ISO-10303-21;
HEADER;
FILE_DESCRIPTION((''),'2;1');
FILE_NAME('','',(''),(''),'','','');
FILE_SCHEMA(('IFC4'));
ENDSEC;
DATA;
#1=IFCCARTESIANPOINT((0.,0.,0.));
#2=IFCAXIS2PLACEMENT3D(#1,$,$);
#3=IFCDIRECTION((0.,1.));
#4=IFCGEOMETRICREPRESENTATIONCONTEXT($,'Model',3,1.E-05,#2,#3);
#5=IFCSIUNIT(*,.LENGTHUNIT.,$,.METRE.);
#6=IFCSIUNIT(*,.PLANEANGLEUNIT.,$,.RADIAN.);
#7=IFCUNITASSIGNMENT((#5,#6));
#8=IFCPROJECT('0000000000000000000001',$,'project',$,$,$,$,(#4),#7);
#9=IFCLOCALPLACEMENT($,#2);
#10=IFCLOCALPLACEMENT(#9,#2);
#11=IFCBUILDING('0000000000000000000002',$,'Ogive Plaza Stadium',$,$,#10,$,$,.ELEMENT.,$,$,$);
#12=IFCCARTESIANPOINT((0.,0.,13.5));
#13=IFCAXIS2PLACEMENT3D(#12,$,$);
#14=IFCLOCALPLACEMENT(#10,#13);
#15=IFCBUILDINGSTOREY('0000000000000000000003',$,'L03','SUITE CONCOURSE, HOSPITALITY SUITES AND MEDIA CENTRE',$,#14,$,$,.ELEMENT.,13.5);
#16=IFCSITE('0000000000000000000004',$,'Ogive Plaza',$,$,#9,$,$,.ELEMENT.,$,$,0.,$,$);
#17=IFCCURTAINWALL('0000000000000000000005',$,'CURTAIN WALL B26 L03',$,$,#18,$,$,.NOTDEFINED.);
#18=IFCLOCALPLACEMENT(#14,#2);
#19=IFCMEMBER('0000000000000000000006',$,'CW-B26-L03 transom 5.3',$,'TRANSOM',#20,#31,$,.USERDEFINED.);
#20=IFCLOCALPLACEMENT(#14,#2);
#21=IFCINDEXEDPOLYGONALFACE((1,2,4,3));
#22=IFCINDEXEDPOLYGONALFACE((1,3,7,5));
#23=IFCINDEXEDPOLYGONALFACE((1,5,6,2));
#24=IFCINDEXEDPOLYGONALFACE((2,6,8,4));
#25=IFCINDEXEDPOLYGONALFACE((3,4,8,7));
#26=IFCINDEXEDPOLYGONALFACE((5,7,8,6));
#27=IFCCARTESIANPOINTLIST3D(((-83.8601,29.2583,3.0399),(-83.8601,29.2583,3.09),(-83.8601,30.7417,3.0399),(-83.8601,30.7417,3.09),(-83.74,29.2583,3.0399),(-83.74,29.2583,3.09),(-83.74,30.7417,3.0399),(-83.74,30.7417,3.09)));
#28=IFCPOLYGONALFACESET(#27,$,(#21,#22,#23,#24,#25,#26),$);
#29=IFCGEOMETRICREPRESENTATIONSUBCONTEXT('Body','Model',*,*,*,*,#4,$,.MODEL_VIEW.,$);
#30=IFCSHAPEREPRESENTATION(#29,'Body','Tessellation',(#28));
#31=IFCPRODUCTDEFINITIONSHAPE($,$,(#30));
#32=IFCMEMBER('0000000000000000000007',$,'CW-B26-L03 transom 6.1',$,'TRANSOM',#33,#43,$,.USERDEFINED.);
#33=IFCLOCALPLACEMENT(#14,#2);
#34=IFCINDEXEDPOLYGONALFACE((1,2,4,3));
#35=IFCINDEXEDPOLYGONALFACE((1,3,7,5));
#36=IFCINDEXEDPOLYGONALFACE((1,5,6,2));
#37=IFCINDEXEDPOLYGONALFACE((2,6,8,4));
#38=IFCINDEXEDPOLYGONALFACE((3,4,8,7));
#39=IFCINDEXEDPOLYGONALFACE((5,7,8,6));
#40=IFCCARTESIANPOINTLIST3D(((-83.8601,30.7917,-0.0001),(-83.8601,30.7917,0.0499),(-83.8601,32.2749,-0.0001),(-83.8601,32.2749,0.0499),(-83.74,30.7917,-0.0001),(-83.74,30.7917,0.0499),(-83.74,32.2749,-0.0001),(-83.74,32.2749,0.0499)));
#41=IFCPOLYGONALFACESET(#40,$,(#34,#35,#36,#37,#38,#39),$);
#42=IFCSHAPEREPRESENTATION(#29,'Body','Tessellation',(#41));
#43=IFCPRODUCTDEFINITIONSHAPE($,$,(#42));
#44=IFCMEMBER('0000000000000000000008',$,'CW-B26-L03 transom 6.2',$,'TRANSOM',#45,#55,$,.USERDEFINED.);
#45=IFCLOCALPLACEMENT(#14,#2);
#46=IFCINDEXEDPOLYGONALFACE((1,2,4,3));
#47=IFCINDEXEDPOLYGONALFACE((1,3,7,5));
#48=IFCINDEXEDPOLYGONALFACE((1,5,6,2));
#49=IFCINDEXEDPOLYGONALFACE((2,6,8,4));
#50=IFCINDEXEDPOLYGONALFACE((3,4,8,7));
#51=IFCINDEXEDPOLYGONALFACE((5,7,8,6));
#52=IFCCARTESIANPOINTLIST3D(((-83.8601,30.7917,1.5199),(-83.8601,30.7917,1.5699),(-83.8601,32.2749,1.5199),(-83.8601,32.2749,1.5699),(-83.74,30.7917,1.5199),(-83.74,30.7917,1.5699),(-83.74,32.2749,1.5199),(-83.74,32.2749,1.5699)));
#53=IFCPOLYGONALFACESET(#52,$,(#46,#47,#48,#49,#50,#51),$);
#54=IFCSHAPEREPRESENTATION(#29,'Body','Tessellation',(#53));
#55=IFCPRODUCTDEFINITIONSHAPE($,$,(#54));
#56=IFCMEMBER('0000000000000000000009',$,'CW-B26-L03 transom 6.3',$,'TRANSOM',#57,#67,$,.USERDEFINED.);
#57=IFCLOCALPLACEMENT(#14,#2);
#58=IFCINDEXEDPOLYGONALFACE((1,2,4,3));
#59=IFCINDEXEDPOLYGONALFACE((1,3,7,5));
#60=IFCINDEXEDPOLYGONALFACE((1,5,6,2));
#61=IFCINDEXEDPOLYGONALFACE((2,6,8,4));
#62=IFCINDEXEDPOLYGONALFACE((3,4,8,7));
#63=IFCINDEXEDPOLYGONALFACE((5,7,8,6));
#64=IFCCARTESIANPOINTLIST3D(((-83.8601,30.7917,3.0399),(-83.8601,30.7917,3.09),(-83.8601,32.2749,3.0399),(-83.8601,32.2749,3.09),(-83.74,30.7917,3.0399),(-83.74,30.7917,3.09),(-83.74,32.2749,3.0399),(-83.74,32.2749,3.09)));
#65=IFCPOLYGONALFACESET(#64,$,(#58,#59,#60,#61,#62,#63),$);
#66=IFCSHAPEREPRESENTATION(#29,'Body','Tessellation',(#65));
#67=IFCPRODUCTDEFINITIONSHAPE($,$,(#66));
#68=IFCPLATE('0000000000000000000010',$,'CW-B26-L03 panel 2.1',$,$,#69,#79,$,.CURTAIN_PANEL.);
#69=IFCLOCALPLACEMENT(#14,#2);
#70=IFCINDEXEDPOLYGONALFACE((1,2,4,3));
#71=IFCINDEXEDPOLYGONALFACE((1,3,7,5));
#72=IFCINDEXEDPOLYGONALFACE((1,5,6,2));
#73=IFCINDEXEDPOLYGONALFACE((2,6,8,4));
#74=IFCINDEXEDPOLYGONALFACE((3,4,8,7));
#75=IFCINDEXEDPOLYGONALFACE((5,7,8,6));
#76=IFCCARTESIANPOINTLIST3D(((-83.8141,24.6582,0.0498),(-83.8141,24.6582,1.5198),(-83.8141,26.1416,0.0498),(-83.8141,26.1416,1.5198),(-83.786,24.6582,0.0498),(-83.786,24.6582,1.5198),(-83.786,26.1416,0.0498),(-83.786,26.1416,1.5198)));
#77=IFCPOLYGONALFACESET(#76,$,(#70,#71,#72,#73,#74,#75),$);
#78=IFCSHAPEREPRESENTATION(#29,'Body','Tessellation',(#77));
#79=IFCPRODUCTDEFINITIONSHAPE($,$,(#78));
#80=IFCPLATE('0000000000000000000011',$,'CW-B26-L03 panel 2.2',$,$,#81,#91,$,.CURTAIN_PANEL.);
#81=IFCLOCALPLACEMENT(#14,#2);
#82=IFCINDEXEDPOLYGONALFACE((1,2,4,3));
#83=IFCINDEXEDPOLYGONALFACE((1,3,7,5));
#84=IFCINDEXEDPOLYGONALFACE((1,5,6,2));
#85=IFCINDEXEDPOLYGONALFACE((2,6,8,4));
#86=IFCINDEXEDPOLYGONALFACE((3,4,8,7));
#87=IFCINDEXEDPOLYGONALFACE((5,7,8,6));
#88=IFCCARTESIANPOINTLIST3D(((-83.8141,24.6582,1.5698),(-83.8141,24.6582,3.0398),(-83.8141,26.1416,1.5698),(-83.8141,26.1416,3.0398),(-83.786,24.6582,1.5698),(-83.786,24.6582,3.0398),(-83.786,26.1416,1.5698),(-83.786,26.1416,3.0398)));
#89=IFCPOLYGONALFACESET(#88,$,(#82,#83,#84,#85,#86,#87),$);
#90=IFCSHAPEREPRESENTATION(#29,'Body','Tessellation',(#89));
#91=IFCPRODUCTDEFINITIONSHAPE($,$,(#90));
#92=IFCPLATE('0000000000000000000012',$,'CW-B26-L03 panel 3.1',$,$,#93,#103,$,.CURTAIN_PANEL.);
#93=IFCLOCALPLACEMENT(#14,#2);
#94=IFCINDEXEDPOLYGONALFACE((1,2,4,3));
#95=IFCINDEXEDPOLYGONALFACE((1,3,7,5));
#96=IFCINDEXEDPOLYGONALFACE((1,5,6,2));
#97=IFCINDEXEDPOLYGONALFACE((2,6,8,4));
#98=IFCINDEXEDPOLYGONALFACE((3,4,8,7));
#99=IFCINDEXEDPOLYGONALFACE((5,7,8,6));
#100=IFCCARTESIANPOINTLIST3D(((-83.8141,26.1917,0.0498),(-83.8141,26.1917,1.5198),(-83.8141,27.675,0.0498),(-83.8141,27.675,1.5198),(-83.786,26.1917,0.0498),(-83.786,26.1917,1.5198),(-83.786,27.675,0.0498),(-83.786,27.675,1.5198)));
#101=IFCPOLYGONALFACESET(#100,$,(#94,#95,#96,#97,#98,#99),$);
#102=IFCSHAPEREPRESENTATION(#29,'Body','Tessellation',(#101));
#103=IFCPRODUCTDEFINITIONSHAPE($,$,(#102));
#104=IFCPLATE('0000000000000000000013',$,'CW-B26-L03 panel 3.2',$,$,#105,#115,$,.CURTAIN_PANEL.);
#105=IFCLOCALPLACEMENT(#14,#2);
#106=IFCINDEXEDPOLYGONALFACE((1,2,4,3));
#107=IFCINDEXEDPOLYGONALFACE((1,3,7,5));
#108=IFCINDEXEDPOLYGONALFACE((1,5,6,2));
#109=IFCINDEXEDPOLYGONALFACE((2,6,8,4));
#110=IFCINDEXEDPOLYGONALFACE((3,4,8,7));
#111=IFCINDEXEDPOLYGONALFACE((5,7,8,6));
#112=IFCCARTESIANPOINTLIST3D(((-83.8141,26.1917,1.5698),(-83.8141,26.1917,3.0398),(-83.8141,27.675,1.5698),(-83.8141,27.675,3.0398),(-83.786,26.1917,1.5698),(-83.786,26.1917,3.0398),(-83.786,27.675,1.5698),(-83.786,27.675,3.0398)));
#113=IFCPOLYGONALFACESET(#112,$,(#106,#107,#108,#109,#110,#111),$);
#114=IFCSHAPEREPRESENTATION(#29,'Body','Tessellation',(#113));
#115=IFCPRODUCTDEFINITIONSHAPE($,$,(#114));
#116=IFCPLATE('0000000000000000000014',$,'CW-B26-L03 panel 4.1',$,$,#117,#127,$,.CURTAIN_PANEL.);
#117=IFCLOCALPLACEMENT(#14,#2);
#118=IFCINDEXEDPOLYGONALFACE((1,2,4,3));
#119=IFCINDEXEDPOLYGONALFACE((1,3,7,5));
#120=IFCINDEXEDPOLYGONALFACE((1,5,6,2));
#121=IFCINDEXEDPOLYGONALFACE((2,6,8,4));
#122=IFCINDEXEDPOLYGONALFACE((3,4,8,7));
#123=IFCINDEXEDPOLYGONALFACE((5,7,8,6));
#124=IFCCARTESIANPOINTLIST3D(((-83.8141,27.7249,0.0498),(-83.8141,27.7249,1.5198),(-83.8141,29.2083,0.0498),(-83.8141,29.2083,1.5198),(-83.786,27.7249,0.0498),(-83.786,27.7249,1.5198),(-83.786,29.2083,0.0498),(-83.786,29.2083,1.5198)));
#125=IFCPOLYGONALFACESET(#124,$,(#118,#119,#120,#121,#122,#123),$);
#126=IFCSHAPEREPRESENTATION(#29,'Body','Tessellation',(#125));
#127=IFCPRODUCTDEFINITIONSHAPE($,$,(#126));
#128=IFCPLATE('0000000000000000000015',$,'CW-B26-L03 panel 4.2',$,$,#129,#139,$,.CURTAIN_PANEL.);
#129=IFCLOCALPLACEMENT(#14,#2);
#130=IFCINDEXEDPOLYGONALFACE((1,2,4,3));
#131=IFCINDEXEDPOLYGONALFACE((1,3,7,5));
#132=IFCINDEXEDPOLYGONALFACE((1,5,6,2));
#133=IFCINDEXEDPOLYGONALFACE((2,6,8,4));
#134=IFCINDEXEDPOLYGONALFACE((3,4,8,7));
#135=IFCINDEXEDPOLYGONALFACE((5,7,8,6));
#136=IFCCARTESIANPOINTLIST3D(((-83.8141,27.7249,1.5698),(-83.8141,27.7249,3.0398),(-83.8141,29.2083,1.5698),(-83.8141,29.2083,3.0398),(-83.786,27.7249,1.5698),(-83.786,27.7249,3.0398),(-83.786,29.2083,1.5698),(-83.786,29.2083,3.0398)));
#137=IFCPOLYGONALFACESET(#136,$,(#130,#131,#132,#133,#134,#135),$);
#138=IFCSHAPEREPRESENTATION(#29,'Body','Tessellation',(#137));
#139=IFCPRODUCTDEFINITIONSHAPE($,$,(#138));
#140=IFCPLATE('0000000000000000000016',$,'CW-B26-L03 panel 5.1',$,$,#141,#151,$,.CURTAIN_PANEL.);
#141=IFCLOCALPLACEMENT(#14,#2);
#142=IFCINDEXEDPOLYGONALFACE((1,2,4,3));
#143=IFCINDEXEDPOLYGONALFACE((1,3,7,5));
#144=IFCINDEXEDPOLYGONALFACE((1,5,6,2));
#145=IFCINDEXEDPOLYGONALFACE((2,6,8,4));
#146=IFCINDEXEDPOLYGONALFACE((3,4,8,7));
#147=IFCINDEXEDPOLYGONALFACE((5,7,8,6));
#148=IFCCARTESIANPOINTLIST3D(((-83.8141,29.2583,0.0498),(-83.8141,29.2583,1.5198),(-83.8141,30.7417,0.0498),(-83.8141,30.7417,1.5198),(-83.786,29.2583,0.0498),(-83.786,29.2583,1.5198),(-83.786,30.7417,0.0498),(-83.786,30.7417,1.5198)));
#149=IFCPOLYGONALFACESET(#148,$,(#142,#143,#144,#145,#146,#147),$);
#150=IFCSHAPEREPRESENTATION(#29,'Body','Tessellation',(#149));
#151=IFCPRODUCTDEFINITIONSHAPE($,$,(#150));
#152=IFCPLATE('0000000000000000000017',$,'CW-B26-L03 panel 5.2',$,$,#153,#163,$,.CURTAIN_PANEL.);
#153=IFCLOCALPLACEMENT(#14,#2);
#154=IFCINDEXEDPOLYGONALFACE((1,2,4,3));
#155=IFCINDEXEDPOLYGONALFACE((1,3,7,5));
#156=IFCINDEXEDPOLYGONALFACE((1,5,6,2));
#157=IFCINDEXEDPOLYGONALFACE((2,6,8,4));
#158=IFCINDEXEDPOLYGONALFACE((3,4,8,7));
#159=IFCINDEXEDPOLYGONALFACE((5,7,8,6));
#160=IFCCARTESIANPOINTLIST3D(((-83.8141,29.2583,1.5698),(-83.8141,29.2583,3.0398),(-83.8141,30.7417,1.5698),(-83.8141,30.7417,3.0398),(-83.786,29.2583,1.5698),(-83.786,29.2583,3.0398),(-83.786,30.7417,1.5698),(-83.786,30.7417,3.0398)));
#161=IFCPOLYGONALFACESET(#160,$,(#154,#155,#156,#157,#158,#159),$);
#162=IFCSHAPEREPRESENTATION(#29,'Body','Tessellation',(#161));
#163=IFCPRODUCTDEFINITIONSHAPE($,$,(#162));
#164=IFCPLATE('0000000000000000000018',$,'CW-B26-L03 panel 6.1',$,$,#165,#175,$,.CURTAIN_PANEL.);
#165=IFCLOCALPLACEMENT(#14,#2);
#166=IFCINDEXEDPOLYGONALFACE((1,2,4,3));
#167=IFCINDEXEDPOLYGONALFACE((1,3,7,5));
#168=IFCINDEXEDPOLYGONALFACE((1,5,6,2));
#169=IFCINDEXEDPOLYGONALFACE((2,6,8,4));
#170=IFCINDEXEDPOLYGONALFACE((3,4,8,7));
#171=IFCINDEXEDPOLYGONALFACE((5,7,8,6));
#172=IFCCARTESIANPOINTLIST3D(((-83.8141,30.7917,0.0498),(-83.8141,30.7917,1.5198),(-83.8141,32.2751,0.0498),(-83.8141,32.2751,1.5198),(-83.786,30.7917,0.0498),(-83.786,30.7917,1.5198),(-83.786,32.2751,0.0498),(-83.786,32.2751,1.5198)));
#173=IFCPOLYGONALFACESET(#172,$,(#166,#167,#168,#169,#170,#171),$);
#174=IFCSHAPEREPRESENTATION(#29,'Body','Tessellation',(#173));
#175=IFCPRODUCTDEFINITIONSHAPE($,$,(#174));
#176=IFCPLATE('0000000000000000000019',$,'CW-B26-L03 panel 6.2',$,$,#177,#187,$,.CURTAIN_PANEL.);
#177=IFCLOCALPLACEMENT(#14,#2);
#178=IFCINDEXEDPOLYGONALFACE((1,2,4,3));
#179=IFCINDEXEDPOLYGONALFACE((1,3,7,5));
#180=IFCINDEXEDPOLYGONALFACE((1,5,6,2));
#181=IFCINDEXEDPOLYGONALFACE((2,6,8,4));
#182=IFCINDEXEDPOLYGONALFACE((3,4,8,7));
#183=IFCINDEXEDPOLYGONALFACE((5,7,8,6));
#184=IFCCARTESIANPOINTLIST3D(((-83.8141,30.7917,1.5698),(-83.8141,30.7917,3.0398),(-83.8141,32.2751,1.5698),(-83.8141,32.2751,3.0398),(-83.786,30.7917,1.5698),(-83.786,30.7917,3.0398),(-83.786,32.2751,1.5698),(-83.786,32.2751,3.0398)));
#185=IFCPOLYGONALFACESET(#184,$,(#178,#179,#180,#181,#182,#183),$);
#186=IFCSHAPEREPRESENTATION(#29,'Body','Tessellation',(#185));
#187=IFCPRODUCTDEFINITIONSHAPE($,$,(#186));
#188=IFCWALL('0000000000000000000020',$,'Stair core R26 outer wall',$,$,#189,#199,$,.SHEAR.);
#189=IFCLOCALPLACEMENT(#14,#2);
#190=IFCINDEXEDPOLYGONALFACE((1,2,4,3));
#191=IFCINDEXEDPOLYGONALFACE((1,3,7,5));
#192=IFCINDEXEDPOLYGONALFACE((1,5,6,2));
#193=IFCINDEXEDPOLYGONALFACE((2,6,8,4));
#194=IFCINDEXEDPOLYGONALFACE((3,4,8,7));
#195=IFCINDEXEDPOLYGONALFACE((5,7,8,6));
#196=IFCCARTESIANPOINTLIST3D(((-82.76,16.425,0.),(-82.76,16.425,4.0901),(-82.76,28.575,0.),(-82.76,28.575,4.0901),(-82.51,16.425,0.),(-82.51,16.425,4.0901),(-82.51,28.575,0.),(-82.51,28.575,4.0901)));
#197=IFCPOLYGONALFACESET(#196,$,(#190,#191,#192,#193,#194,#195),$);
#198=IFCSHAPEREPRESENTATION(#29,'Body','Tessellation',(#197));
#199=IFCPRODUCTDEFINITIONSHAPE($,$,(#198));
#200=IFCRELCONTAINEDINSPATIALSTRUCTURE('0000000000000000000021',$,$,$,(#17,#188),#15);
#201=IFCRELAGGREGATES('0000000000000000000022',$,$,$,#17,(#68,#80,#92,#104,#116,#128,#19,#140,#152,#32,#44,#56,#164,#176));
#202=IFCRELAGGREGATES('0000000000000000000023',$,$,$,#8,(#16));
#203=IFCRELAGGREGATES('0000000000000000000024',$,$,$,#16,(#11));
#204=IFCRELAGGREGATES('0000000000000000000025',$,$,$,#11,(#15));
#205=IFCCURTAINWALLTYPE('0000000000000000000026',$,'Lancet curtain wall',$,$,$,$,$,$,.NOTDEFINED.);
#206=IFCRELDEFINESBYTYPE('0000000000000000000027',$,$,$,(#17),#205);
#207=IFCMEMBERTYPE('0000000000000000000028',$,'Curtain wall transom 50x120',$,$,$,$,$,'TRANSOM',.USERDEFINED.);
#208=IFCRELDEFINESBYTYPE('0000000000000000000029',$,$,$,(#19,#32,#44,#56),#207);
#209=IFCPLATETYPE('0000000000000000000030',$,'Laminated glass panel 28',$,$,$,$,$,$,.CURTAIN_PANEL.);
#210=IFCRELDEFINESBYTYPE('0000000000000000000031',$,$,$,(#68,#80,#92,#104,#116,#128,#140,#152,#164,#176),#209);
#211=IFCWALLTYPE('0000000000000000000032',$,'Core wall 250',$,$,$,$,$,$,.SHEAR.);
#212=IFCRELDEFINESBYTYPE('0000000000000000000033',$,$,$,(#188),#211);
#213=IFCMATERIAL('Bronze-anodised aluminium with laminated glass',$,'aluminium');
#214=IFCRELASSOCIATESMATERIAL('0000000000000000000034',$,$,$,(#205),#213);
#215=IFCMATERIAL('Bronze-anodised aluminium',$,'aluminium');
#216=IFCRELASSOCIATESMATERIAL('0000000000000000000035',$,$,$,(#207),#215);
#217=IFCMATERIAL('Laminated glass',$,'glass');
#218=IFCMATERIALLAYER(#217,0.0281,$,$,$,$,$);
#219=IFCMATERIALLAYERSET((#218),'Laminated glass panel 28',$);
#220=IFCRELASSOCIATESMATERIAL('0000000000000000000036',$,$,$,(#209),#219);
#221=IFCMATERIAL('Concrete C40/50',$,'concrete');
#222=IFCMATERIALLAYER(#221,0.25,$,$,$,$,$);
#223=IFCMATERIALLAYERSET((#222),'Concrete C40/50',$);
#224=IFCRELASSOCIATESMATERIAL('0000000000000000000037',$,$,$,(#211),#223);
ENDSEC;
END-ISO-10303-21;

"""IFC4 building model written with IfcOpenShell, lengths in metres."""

from ifc_helpers import new_model, si_unit, direction, frame, frame_2d, origin, origin_2d, place, context, subcontext, project, spatial, rectangle, extrude, material, layer, layer_set, material_profile, profile_set, type_object, element, aggregate, save


model = new_model("IFC4")

# Units and contexts
model_context = context("Model", 3, precision=1e-05, world=origin(), true_north=direction((0.0, 1.0)))
body_context = subcontext(model_context, "Body", "Model", "MODEL_VIEW")
ifc_project = project(units=[si_unit("LENGTHUNIT", "METRE"), si_unit("PLANEANGLEUNIT", "RADIAN")], contexts=[model_context])

# Site, building, storey
site_placement = place(None, origin())
site = spatial("IfcSite", under=ifc_project, at=site_placement, Name="Ogive Plaza", CompositionType="ELEMENT", RefElevation=0.0)
building_placement = place(site_placement, origin())
building = spatial("IfcBuilding", under=site, at=building_placement, Name="Ogive Plaza Stadium", CompositionType="ELEMENT")
storey_placement = place(building_placement, frame((0.0, 0.0, 13.5)))
storey = spatial("IfcBuildingStorey", under=building, at=storey_placement, Name="L03", Description="SUITE CONCOURSE, HOSPITALITY SUITES AND MEDIA CENTRE", CompositionType="ELEMENT", Elevation=13.5)

# Curtain wall, members, plates
ifc_material_1 = material(Name="Bronze-anodised aluminium with laminated glass", Category="aluminium")
curtain_wall_type = type_object("IfcCurtainWallType", Name="Lancet curtain wall", PredefinedType="NOTDEFINED", material=ifc_material_1)
curtain_wall_placement = place(storey_placement, origin())
curtain_wall = element("IfcCurtainWall", 1, at=curtain_wall_placement, inside=storey, type_object=curtain_wall_type, Name="CURTAIN WALL B26 L03", PredefinedType="NOTDEFINED")
ifc_material_2 = material(Name="Bronze-anodised aluminium", Category="aluminium")
ifc_material_profile_1 = material_profile(ifc_material_2, rectangle(XDim=0.1201, YDim=0.05, at=origin_2d()), Name="AL 120x50")
ifc_profile_set_1 = profile_set([ifc_material_profile_1], Name="Bronze-anodised aluminium")
member_type_1 = type_object("IfcMemberType", Name="Curtain wall transom 50x120", ElementType="TRANSOM", PredefinedType="USERDEFINED", material=ifc_profile_set_1)
member_1_placement = place(storey_placement, frame((-83.8, 29.2583, 3.0649), z_axis=(0.0, 1.0, 0.0), x_axis=(-1.0, 0.0, 0.0)))
member_1 = element("IfcMember", 2, at=member_1_placement, type_object=member_type_1, Name="CW-B26-L03 transom 5.3", ObjectType="TRANSOM", PredefinedType="USERDEFINED", context=body_context, shape_type="SweptSolid", body=[
    extrude(rectangle(XDim=0.1201, YDim=0.05, at=origin_2d()), origin(), (0.0, 0.0, 1.0), 1.4834),
])
member_2_placement = place(storey_placement, frame((-83.8, 30.7917, 0.0249), z_axis=(0.0, 1.0, 0.0), x_axis=(-1.0, 0.0, 0.0)))
member_2 = element("IfcMember", 3, at=member_2_placement, type_object=member_type_1, Name="CW-B26-L03 transom 6.1", ObjectType="TRANSOM", PredefinedType="USERDEFINED", context=body_context, shape_type="SweptSolid", body=[
    extrude(rectangle(XDim=0.1201, YDim=0.05, at=origin_2d()), origin(), (0.0, 0.0, 1.0), 1.4832),
])
member_3_placement = place(storey_placement, frame((-83.8, 30.7917, 1.5449), z_axis=(0.0, 1.0, 0.0), x_axis=(-1.0, 0.0, 0.0)))
member_3 = element("IfcMember", 4, at=member_3_placement, type_object=member_type_1, Name="CW-B26-L03 transom 6.2", ObjectType="TRANSOM", PredefinedType="USERDEFINED", context=body_context, shape_type="SweptSolid", body=[
    extrude(rectangle(XDim=0.1201, YDim=0.05, at=origin_2d()), origin(), (0.0, 0.0, 1.0), 1.4832),
])
member_4_placement = place(storey_placement, frame((-83.8, 30.7917, 3.0649), z_axis=(0.0, 1.0, 0.0), x_axis=(-1.0, 0.0, 0.0)))
member_4 = element("IfcMember", 5, at=member_4_placement, type_object=member_type_1, Name="CW-B26-L03 transom 6.3", ObjectType="TRANSOM", PredefinedType="USERDEFINED", context=body_context, shape_type="SweptSolid", body=[
    extrude(rectangle(XDim=0.1201, YDim=0.05, at=origin_2d()), origin(), (0.0, 0.0, 1.0), 1.4832),
])
ifc_material_3 = material(Name="Laminated glass", Category="glass")
ifc_layer_1 = layer(ifc_material_3, 0.0281)
ifc_layer_set_1 = layer_set([ifc_layer_1], Name="Laminated glass panel 28")
plate_type = type_object("IfcPlateType", Name="Laminated glass panel 28", PredefinedType="CURTAIN_PANEL", material=ifc_layer_set_1)
plate_1_placement = place(storey_placement, frame((-83.8, 25.3999, 0.0498), z_axis=(0.0, 0.0, 1.0), x_axis=(0.0, 1.0, 0.0)))
plate_1 = element("IfcPlate", 6, at=plate_1_placement, type_object=plate_type, Name="CW-B26-L03 panel 2.1", PredefinedType="CURTAIN_PANEL", context=body_context, shape_type="SweptSolid", body=[
    extrude(rectangle(XDim=1.4834, YDim=0.0281, at=origin_2d()), origin(), (0.0, 0.0, 1.0), 1.47),
])
plate_2_placement = place(storey_placement, frame((-83.8, 25.3999, 1.5698), z_axis=(0.0, 0.0, 1.0), x_axis=(0.0, 1.0, 0.0)))
plate_2 = element("IfcPlate", 7, at=plate_2_placement, type_object=plate_type, Name="CW-B26-L03 panel 2.2", PredefinedType="CURTAIN_PANEL", context=body_context, shape_type="SweptSolid", body=[
    extrude(rectangle(XDim=1.4834, YDim=0.0281, at=origin_2d()), origin(), (0.0, 0.0, 1.0), 1.47),
])
plate_3_placement = place(storey_placement, frame((-83.8, 26.9333, 0.0498), z_axis=(0.0, 0.0, 1.0), x_axis=(0.0, 1.0, 0.0)))
plate_3 = element("IfcPlate", 8, at=plate_3_placement, type_object=plate_type, Name="CW-B26-L03 panel 3.1", PredefinedType="CURTAIN_PANEL", context=body_context, shape_type="SweptSolid", body=[
    extrude(rectangle(XDim=1.4834, YDim=0.0281, at=origin_2d()), origin(), (0.0, 0.0, 1.0), 1.47),
])
plate_4_placement = place(storey_placement, frame((-83.8, 26.9333, 1.5698), z_axis=(0.0, 0.0, 1.0), x_axis=(0.0, 1.0, 0.0)))
plate_4 = element("IfcPlate", 9, at=plate_4_placement, type_object=plate_type, Name="CW-B26-L03 panel 3.2", PredefinedType="CURTAIN_PANEL", context=body_context, shape_type="SweptSolid", body=[
    extrude(rectangle(XDim=1.4834, YDim=0.0281, at=origin_2d()), origin(), (0.0, 0.0, 1.0), 1.47),
])
plate_5_placement = place(storey_placement, frame((-83.8, 28.4666, 0.0498), z_axis=(0.0, 0.0, 1.0), x_axis=(0.0, 1.0, 0.0)))
plate_5 = element("IfcPlate", 10, at=plate_5_placement, type_object=plate_type, Name="CW-B26-L03 panel 4.1", PredefinedType="CURTAIN_PANEL", context=body_context, shape_type="SweptSolid", body=[
    extrude(rectangle(XDim=1.4834, YDim=0.0281, at=origin_2d()), origin(), (0.0, 0.0, 1.0), 1.47),
])
plate_6_placement = place(storey_placement, frame((-83.8, 28.4666, 1.5698), z_axis=(0.0, 0.0, 1.0), x_axis=(0.0, 1.0, 0.0)))
plate_6 = element("IfcPlate", 11, at=plate_6_placement, type_object=plate_type, Name="CW-B26-L03 panel 4.2", PredefinedType="CURTAIN_PANEL", context=body_context, shape_type="SweptSolid", body=[
    extrude(rectangle(XDim=1.4834, YDim=0.0281, at=origin_2d()), origin(), (0.0, 0.0, 1.0), 1.47),
])
plate_7_placement = place(storey_placement, frame((-83.8, 30.0, 0.0498), z_axis=(0.0, 0.0, 1.0), x_axis=(0.0, 1.0, 0.0)))
plate_7 = element("IfcPlate", 12, at=plate_7_placement, type_object=plate_type, Name="CW-B26-L03 panel 5.1", PredefinedType="CURTAIN_PANEL", context=body_context, shape_type="SweptSolid", body=[
    extrude(rectangle(XDim=1.4834, YDim=0.0281, at=origin_2d()), origin(), (0.0, 0.0, 1.0), 1.47),
])
plate_8_placement = place(storey_placement, frame((-83.8, 30.0, 1.5698), z_axis=(0.0, 0.0, 1.0), x_axis=(0.0, 1.0, 0.0)))
plate_8 = element("IfcPlate", 13, at=plate_8_placement, type_object=plate_type, Name="CW-B26-L03 panel 5.2", PredefinedType="CURTAIN_PANEL", context=body_context, shape_type="SweptSolid", body=[
    extrude(rectangle(XDim=1.4834, YDim=0.0281, at=origin_2d()), origin(), (0.0, 0.0, 1.0), 1.47),
])
plate_9_placement = place(storey_placement, frame((-83.8, 31.5334, 0.0498), z_axis=(0.0, 0.0, 1.0), x_axis=(0.0, 1.0, 0.0)))
plate_9 = element("IfcPlate", 14, at=plate_9_placement, type_object=plate_type, Name="CW-B26-L03 panel 6.1", PredefinedType="CURTAIN_PANEL", context=body_context, shape_type="SweptSolid", body=[
    extrude(rectangle(XDim=1.4834, YDim=0.0281, at=origin_2d()), origin(), (0.0, 0.0, 1.0), 1.47),
])
plate_10_placement = place(storey_placement, frame((-83.8, 31.5334, 1.5698), z_axis=(0.0, 0.0, 1.0), x_axis=(0.0, 1.0, 0.0)))
plate_10 = element("IfcPlate", 15, at=plate_10_placement, type_object=plate_type, Name="CW-B26-L03 panel 6.2", PredefinedType="CURTAIN_PANEL", context=body_context, shape_type="SweptSolid", body=[
    extrude(rectangle(XDim=1.4834, YDim=0.0281, at=origin_2d()), origin(), (0.0, 0.0, 1.0), 1.47),
])
aggregate(curtain_wall, [plate_1, plate_2, plate_3, plate_4, plate_5, plate_6, member_1, plate_7, plate_8, member_2, member_3, member_4, plate_9, plate_10])

# Wall
ifc_material_4 = material(Name="Concrete C40/50", Category="concrete")
ifc_layer_2 = layer(ifc_material_4, 0.25)
ifc_layer_set_2 = layer_set([ifc_layer_2], Name="Concrete C40/50")
wall_type = type_object("IfcWallType", Name="Core wall 250", PredefinedType="SHEAR", material=ifc_layer_set_2)
wall_placement = place(storey_placement, frame((-82.635, 28.575, 0.0), z_axis=(0.0, 0.0, 1.0), x_axis=(0.0, -1.0, 0.0)))
element("IfcWall", 16, at=wall_placement, inside=storey, type_object=wall_type, Name="Stair core R26 outer wall", PredefinedType="SHEAR", context=body_context, shape_type="SweptSolid", body=[
    extrude(rectangle(XDim=12.1499, YDim=0.25, at=frame_2d((6.075, 0.0))), origin(), (0.0, 0.0, 1.0), 4.0901),
])

save(model, "model.ifc")
